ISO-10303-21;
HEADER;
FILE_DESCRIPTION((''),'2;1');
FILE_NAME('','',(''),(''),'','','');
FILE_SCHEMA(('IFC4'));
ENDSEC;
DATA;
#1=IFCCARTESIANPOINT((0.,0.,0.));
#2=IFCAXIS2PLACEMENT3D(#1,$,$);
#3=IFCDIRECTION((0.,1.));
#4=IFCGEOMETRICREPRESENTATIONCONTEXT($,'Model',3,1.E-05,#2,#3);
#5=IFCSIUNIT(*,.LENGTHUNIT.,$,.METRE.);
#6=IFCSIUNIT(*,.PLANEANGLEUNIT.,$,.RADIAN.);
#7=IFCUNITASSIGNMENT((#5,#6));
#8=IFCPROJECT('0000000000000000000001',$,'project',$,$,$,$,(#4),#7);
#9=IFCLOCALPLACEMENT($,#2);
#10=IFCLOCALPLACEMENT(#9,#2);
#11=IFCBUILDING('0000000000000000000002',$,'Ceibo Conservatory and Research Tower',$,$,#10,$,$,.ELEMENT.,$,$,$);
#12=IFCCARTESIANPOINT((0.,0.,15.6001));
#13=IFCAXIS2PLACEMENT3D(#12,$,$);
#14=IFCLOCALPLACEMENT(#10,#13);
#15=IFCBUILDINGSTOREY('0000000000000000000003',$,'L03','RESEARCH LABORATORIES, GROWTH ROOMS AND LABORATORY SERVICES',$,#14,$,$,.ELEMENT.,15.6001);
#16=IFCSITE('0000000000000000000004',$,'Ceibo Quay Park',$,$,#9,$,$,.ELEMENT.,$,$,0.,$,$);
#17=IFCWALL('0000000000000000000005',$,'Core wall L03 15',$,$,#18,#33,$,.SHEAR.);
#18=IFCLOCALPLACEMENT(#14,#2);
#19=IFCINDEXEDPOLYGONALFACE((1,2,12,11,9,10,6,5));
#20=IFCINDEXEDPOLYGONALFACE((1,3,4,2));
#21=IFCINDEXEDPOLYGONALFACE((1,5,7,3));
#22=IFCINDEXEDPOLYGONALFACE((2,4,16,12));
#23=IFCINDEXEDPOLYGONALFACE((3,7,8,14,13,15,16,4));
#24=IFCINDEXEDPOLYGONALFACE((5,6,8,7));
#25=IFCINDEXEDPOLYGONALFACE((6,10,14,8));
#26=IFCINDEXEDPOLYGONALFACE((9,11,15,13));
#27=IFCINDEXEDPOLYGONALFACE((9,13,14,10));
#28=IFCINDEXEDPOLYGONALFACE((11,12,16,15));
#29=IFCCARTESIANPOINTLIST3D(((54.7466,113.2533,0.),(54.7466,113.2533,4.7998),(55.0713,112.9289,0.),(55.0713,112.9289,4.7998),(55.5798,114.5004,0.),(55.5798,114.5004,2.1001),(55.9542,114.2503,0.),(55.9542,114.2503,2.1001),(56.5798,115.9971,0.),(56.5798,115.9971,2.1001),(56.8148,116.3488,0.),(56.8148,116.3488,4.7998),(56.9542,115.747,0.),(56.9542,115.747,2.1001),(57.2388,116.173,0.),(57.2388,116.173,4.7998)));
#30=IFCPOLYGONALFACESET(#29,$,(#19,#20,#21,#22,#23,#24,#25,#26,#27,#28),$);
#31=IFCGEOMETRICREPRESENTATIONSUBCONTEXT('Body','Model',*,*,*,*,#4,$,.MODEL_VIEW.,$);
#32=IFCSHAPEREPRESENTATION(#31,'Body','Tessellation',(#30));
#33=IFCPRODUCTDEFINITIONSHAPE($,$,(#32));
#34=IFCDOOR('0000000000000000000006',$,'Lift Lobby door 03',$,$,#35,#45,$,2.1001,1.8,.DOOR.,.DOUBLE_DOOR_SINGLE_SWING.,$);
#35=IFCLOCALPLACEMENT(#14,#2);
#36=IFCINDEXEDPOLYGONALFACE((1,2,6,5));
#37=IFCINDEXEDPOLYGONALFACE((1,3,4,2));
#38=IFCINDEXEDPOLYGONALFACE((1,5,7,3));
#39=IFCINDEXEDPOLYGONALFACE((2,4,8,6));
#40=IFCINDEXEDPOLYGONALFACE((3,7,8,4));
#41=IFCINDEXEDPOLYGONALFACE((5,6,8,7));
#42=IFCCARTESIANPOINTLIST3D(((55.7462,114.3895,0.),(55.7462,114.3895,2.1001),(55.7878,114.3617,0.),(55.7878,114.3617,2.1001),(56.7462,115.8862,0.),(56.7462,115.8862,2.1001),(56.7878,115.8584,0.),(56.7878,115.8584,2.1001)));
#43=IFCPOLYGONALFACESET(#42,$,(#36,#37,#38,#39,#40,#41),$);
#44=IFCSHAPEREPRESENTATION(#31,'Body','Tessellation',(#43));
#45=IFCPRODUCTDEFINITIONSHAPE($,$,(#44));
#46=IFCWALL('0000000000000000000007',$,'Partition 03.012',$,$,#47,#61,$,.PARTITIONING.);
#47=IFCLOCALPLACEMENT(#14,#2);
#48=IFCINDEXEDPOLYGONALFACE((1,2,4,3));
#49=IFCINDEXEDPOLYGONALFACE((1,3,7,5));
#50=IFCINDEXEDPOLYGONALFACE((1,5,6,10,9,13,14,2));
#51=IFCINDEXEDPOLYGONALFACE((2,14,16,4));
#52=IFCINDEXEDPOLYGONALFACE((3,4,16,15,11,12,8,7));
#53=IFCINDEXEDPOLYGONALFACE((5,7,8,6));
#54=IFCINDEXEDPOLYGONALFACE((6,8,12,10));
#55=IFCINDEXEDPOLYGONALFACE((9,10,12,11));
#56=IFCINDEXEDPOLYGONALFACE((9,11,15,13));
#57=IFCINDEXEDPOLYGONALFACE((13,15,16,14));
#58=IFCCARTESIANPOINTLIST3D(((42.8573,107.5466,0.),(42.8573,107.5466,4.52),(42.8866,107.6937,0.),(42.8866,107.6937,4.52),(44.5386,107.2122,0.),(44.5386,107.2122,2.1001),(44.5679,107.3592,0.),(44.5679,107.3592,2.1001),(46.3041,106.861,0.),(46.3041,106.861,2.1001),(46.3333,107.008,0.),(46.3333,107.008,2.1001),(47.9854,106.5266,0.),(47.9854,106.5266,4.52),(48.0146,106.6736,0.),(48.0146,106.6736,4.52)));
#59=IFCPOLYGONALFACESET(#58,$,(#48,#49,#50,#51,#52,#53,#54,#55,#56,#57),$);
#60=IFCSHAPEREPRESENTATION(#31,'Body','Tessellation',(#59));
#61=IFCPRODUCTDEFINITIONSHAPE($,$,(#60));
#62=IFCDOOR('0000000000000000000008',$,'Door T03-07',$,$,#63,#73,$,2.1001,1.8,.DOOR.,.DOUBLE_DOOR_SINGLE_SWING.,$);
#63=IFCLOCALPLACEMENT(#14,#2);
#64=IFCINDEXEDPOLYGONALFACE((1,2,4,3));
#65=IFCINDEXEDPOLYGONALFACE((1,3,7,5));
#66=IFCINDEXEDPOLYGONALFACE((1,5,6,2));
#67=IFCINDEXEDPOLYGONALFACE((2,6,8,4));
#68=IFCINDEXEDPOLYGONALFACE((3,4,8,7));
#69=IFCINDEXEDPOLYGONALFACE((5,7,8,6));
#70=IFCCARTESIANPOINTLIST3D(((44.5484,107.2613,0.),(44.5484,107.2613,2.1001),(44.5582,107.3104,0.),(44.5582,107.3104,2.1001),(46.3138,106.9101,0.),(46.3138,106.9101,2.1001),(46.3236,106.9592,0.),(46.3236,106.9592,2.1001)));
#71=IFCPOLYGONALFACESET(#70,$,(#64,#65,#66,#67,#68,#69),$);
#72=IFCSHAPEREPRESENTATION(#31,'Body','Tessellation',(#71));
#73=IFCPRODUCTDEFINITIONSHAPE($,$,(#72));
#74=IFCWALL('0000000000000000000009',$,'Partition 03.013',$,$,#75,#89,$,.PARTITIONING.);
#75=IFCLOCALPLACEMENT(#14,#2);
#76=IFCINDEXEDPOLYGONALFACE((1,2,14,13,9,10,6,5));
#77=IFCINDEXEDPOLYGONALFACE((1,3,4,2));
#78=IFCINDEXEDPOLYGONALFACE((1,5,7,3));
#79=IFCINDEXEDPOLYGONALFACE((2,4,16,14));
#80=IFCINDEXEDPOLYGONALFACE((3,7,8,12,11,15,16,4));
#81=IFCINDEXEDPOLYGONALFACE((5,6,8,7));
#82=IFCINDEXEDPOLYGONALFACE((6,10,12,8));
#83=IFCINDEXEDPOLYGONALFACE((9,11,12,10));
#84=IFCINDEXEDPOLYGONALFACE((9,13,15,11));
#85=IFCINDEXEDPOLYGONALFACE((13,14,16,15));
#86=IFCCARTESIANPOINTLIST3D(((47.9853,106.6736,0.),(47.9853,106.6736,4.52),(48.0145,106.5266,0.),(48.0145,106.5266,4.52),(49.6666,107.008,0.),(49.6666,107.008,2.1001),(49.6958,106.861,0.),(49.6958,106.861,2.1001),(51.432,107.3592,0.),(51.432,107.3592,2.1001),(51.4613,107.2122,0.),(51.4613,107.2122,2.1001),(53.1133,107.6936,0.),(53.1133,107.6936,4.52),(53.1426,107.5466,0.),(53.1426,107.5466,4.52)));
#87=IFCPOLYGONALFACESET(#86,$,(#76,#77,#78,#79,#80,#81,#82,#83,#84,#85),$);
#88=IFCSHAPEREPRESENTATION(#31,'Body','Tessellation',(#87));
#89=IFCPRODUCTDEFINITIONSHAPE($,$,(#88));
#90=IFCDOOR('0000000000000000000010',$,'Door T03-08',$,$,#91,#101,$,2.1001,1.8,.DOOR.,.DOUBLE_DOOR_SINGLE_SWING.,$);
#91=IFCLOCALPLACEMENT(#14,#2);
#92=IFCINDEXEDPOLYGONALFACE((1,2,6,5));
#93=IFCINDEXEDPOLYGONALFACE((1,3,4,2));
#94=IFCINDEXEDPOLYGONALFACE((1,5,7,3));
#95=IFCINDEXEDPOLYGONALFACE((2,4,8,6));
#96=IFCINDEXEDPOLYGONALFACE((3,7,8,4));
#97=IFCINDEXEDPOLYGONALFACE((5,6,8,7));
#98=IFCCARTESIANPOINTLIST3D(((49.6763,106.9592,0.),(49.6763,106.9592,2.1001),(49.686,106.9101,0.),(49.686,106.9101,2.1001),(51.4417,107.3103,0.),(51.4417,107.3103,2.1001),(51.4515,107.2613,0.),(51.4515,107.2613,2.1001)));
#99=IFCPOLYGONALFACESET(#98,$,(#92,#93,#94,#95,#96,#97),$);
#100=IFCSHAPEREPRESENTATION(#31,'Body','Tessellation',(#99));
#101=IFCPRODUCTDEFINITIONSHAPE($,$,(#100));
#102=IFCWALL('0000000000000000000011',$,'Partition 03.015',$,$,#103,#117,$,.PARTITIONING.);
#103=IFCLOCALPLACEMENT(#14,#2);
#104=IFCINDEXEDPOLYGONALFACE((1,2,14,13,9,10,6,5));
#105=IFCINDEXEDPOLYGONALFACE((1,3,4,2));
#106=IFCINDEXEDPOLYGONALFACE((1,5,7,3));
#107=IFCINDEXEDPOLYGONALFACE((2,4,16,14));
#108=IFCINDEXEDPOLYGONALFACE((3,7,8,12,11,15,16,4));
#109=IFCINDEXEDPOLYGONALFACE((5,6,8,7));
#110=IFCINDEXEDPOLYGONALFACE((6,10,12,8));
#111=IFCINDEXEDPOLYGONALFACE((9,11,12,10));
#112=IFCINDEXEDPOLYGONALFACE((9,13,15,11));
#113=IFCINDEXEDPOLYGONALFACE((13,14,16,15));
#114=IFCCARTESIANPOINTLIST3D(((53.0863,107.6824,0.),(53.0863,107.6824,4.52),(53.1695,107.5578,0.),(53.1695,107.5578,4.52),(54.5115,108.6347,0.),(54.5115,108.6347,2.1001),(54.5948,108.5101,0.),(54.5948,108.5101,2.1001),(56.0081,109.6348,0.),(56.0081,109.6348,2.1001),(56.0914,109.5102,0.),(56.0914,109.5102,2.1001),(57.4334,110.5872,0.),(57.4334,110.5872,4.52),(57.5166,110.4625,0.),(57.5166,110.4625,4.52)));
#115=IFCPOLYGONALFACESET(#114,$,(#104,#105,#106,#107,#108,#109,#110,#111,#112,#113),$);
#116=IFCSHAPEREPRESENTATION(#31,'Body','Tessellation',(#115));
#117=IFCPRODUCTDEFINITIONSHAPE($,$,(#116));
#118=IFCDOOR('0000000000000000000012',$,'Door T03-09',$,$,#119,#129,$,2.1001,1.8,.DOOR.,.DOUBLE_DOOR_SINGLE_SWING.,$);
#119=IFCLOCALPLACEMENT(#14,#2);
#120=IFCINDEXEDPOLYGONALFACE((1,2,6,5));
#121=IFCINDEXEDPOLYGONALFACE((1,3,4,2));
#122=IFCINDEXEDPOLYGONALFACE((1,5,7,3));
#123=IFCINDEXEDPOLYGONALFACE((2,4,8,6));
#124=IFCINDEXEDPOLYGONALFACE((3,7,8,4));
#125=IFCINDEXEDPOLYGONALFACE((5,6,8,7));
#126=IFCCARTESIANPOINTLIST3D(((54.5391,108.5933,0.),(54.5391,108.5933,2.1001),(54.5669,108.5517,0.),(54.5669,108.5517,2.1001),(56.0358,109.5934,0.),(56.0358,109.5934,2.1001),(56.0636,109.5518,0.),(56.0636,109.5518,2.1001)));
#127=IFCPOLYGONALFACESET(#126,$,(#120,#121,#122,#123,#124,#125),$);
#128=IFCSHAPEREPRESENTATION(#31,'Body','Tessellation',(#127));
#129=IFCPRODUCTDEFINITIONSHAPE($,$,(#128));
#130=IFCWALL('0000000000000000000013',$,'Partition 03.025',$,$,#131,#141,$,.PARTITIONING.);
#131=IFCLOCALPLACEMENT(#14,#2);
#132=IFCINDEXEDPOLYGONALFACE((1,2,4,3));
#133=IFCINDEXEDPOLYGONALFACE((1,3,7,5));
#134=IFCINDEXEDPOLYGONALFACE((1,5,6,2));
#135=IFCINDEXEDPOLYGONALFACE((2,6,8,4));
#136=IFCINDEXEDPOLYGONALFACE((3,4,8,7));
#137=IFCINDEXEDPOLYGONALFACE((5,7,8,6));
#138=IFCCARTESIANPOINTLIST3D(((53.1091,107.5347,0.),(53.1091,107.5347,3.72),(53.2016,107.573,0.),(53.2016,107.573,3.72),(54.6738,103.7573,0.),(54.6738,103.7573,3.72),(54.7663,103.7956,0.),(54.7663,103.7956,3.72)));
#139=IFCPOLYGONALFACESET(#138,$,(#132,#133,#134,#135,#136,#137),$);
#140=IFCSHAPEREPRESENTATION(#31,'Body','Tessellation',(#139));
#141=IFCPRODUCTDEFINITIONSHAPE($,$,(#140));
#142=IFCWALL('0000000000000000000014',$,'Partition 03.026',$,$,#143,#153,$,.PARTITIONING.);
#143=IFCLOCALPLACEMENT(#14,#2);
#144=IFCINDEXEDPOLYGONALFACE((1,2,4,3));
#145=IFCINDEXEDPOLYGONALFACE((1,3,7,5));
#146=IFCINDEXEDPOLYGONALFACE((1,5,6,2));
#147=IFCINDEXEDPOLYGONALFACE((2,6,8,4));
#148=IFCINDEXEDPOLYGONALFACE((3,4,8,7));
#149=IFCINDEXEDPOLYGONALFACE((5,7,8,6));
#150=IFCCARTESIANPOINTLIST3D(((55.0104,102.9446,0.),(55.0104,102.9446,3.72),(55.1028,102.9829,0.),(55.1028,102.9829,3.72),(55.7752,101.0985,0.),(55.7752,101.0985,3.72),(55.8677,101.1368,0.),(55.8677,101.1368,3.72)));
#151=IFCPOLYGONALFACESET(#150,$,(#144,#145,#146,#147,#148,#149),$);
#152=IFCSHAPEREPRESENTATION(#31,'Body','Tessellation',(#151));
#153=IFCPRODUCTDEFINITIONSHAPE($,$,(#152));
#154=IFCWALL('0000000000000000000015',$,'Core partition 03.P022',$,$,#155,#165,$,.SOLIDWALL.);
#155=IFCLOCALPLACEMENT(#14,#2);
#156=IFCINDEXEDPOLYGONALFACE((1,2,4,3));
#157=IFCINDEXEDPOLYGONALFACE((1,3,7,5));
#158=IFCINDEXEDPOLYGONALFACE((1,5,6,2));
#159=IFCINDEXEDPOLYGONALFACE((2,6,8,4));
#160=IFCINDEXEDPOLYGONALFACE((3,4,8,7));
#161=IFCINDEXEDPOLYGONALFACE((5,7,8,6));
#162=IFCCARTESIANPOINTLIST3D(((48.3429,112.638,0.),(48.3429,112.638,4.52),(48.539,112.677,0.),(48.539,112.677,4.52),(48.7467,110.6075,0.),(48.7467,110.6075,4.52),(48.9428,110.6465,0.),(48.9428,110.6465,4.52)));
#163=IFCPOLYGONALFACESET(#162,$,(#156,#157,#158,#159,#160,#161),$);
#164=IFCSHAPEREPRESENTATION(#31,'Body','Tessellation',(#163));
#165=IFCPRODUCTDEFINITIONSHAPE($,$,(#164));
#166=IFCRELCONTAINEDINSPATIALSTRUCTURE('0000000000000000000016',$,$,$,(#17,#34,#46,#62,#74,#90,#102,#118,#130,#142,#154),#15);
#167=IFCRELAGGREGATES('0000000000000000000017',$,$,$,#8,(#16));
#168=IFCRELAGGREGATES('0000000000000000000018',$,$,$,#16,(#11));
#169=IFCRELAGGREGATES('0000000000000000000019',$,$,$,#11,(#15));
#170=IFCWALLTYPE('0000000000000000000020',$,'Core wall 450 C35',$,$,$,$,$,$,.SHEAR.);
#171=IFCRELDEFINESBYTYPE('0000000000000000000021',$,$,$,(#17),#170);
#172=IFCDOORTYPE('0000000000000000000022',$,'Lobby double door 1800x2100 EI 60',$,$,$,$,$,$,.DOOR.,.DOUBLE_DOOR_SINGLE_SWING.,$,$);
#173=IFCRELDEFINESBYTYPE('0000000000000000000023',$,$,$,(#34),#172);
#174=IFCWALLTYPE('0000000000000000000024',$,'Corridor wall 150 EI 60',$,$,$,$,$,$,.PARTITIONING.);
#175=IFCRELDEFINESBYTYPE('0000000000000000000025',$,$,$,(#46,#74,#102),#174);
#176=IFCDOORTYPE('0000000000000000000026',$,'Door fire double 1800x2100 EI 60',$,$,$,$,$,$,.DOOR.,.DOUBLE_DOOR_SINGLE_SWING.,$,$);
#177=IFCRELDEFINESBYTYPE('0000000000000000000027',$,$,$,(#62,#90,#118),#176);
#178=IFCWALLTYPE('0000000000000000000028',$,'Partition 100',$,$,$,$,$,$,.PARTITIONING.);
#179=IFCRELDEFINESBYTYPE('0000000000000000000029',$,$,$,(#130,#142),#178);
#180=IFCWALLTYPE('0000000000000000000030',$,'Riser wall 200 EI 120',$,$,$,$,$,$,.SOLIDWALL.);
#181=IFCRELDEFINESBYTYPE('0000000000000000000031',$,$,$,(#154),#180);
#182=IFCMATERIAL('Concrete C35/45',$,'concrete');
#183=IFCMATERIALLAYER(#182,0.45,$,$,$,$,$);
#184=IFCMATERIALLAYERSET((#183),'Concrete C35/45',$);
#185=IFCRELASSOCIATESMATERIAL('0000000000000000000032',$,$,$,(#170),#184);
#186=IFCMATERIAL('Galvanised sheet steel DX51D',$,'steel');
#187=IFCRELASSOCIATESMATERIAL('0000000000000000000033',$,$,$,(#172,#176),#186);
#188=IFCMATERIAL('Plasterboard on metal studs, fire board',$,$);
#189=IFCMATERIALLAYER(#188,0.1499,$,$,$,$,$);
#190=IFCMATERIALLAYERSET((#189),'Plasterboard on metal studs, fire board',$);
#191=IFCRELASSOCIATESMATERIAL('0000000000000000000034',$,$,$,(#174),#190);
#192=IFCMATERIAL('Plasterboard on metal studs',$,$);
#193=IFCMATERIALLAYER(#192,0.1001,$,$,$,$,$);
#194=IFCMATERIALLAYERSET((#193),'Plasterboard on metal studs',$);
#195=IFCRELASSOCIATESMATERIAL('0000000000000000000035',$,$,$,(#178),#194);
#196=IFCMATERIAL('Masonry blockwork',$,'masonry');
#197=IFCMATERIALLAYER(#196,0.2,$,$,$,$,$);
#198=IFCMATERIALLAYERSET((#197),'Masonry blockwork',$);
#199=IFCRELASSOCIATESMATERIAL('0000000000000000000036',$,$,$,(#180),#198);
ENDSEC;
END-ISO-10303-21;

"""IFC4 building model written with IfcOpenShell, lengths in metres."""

from ifc_helpers import new_model, si_unit, direction, frame, frame_2d, origin, place, context, subcontext, project, spatial, polyline, rectangle, outline, extrude, material, layer, layer_set, type_object, element, fill, save


model = new_model("IFC4")

# Units and contexts
model_context = context("Model", 3, precision=1e-05, world=origin(), true_north=direction((0.0, 1.0)))
body_context = subcontext(model_context, "Body", "Model", "MODEL_VIEW")
ifc_project = project(units=[si_unit("LENGTHUNIT", "METRE"), si_unit("PLANEANGLEUNIT", "RADIAN")], contexts=[model_context])

# Site, building, storey
site_placement = place(None, origin())
site = spatial("IfcSite", under=ifc_project, at=site_placement, Name="Ceibo Quay Park", CompositionType="ELEMENT", RefElevation=0.0)
building_placement = place(site_placement, origin())
building = spatial("IfcBuilding", under=site, at=building_placement, Name="Ceibo Conservatory and Research Tower", CompositionType="ELEMENT")
storey_placement = place(building_placement, frame((0.0, 0.0, 15.6001)))
storey = spatial("IfcBuildingStorey", under=building, at=storey_placement, Name="L03", Description="RESEARCH LABORATORIES, GROWTH ROOMS AND LABORATORY SERVICES", CompositionType="ELEMENT", Elevation=15.6001)

# Shared definitions
ifc_material_1 = material(Name="Concrete C35/45", Category="concrete")

# Shared definitions
ifc_layer_1 = layer(ifc_material_1, 0.45)
ifc_layer_set_1 = layer_set([ifc_layer_1], Name="Concrete C35/45")
wall_type_1 = type_object("IfcWallType", Name="Core wall 450 C35", PredefinedType="SHEAR", material=ifc_layer_set_1)
ifc_material_2 = material(Name="Galvanised sheet steel DX51D", Category="steel")

# Walls, openings, doors
wall_1_placement = place(storey_placement, frame((54.9089, 113.0911, 0.0), z_axis=(0.0, 0.0, 1.0), x_axis=(0.555542, 0.831488, 0.0)))
wall_1 = element("IfcWall", 1, at=wall_1_placement, inside=storey, type_object=wall_type_1, Name="Core wall L03 15", PredefinedType="SHEAR", context=body_context, shape_type="SweptSolid", body=[
    extrude(outline(polyline([(-0.0447, -0.2251), (3.8569, -0.2251), (3.7676, 0.2251), (0.0447, 0.2251), (-0.0447, -0.2251)])), origin(), (0.0, 0.0, 1.0), 4.7998),
])
opening_1_placement = place(wall_1_placement, frame((1.5447, 0.0, 0.0)))
opening_1 = element("IfcOpeningElement", 2, at=opening_1_placement, cuts=wall_1, PredefinedType="OPENING", context=body_context, shape_type="SweptSolid", body=[
    extrude(rectangle(XDim=1.8, YDim=2.1001, at=frame_2d((0.8999, 1.05))), frame((0.0, 0.2349, 0.0), z_axis=(0.0, -1.0, 0.0), x_axis=(1.0, 0.0, 0.0)), (0.0, 0.0, 1.0), 0.47),
])
door_type_1 = type_object("IfcDoorType", Name="Lobby double door 1800x2100 EI 60", OperationType="DOUBLE_DOOR_SINGLE_SWING", PredefinedType="DOOR", material=ifc_material_2)
door_1_placement = place(opening_1_placement, frame((1.8, 0.0, 0.0), z_axis=(0.0, 0.0, 1.0), x_axis=(-1.0, 0.0, 0.0)))
door_1 = element("IfcDoor", 3, at=door_1_placement, inside=storey, type_object=door_type_1, Name="Lift Lobby door 03", OperationType="DOUBLE_DOOR_SINGLE_SWING", OverallHeight=2.1001, OverallWidth=1.8, PredefinedType="DOOR", context=body_context, shape_type="SweptSolid", body=[
    extrude(rectangle(XDim=1.8, YDim=2.1001, at=frame_2d((0.8999, 1.05))), frame((0.0, 0.0249, 0.0), z_axis=(0.0, -1.0, 0.0), x_axis=(1.0, 0.0, 0.0)), (0.0, 0.0, 1.0), 0.05),
])
fill(opening_1, door_1)
ifc_material_3 = material(Name="Plasterboard on metal studs, fire board")
ifc_layer_2 = layer(ifc_material_3, 0.1499)
ifc_layer_set_2 = layer_set([ifc_layer_2], Name="Plasterboard on metal studs, fire board")
wall_type_2 = type_object("IfcWallType", Name="Corridor wall 150 EI 60", PredefinedType="PARTITIONING", material=ifc_layer_set_2)
wall_2_placement = place(storey_placement, frame((48.0, 106.6001, 0.0), z_axis=(0.0, 0.0, 1.0), x_axis=(-0.980785, 0.195092, 0.0)))
wall_2 = element("IfcWall", 4, at=wall_2_placement, inside=storey, type_object=wall_type_2, Name="Partition 03.012", PredefinedType="PARTITIONING", context=body_context, shape_type="SweptSolid", body=[
    extrude(rectangle(XDim=5.2285, YDim=0.1499, at=frame_2d((2.6143, 0.0))), origin(), (0.0, 0.0, 1.0), 4.52),
])
opening_2_placement = place(wall_2_placement, frame((1.7144, 0.0, 0.0)))
opening_2 = element("IfcOpeningElement", 5, at=opening_2_placement, cuts=wall_2, PredefinedType="OPENING", context=body_context, shape_type="SweptSolid", body=[
    extrude(rectangle(XDim=1.8, YDim=2.1001, at=frame_2d((0.8999, 1.05))), frame((0.0, 0.085, 0.0), z_axis=(0.0, -1.0, 0.0), x_axis=(1.0, 0.0, 0.0)), (0.0, 0.0, 1.0), 0.1699),
])
door_type_2 = type_object("IfcDoorType", Name="Door fire double 1800x2100 EI 60", OperationType="DOUBLE_DOOR_SINGLE_SWING", PredefinedType="DOOR", material=ifc_material_2)
door_2_placement = place(opening_2_placement, origin())
door_2 = element("IfcDoor", 6, at=door_2_placement, inside=storey, type_object=door_type_2, Name="Door T03-07", OperationType="DOUBLE_DOOR_SINGLE_SWING", OverallHeight=2.1001, OverallWidth=1.8, PredefinedType="DOOR", context=body_context, shape_type="SweptSolid", body=[
    extrude(rectangle(XDim=1.8, YDim=2.1001, at=frame_2d((0.8999, 1.05))), frame((0.0, 0.0249, 0.0), z_axis=(0.0, -1.0, 0.0), x_axis=(1.0, 0.0, 0.0)), (0.0, 0.0, 1.0), 0.05),
])
fill(opening_2, door_2)
wall_3_placement = place(storey_placement, frame((53.1279, 107.6201, 0.0), z_axis=(0.0, 0.0, 1.0), x_axis=(-0.980785, -0.195092, 0.0)))
wall_3 = element("IfcWall", 7, at=wall_3_placement, inside=storey, type_object=wall_type_2, Name="Partition 03.013", PredefinedType="PARTITIONING", context=body_context, shape_type="SweptSolid", body=[
    extrude(rectangle(XDim=5.2285, YDim=0.1499, at=frame_2d((2.6143, 0.0))), origin(), (0.0, 0.0, 1.0), 4.52),
])
opening_3_placement = place(wall_3_placement, frame((1.7144, 0.0, 0.0)))
opening_3 = element("IfcOpeningElement", 8, at=opening_3_placement, cuts=wall_3, PredefinedType="OPENING", context=body_context, shape_type="SweptSolid", body=[
    extrude(rectangle(XDim=1.8, YDim=2.1001, at=frame_2d((0.8999, 1.05))), frame((0.0, 0.085, 0.0), z_axis=(0.0, -1.0, 0.0), x_axis=(1.0, 0.0, 0.0)), (0.0, 0.0, 1.0), 0.1699),
])
door_3_placement = place(opening_3_placement, origin())
door_3 = element("IfcDoor", 9, at=door_3_placement, inside=storey, type_object=door_type_2, Name="Door T03-08", OperationType="DOUBLE_DOOR_SINGLE_SWING", OverallHeight=2.1001, OverallWidth=1.8, PredefinedType="DOOR", context=body_context, shape_type="SweptSolid", body=[
    extrude(rectangle(XDim=1.8, YDim=2.1001, at=frame_2d((0.8999, 1.05))), frame((0.0, 0.0249, 0.0), z_axis=(0.0, -1.0, 0.0), x_axis=(1.0, 0.0, 0.0)), (0.0, 0.0, 1.0), 0.05),
])
fill(opening_3, door_3)
wall_4_placement = place(storey_placement, frame((57.4751, 110.5249, 0.0), z_axis=(0.0, 0.0, 1.0), x_axis=(-0.831461, -0.555584, 0.0)))
wall_4 = element("IfcWall", 10, at=wall_4_placement, inside=storey, type_object=wall_type_2, Name="Partition 03.015", PredefinedType="PARTITIONING", context=body_context, shape_type="SweptSolid", body=[
    extrude(rectangle(XDim=5.2283, YDim=0.1499, at=frame_2d((2.6143, 0.0))), origin(), (0.0, 0.0, 1.0), 4.52),
])
opening_4_placement = place(wall_4_placement, frame((1.7144, 0.0, 0.0)))
opening_4 = element("IfcOpeningElement", 11, at=opening_4_placement, cuts=wall_4, PredefinedType="OPENING", context=body_context, shape_type="SweptSolid", body=[
    extrude(rectangle(XDim=1.8, YDim=2.1001, at=frame_2d((0.8999, 1.05))), frame((0.0, 0.085, 0.0), z_axis=(0.0, -1.0, 0.0), x_axis=(1.0, 0.0, 0.0)), (0.0, 0.0, 1.0), 0.1699),
])
door_4_placement = place(opening_4_placement, origin())
door_4 = element("IfcDoor", 12, at=door_4_placement, inside=storey, type_object=door_type_2, Name="Door T03-09", OperationType="DOUBLE_DOOR_SINGLE_SWING", OverallHeight=2.1001, OverallWidth=1.8, PredefinedType="DOOR", context=body_context, shape_type="SweptSolid", body=[
    extrude(rectangle(XDim=1.8, YDim=2.1001, at=frame_2d((0.8999, 1.05))), frame((0.0, 0.0249, 0.0), z_axis=(0.0, -1.0, 0.0), x_axis=(1.0, 0.0, 0.0)), (0.0, 0.0, 1.0), 0.05),
])
fill(opening_4, door_4)

# Walls
ifc_material_4 = material(Name="Plasterboard on metal studs")
ifc_layer_3 = layer(ifc_material_4, 0.1001)
ifc_layer_set_3 = layer_set([ifc_layer_3], Name="Plasterboard on metal studs")
wall_type_3 = type_object("IfcWallType", Name="Partition 100", PredefinedType="PARTITIONING", material=ifc_layer_set_3)
wall_5_placement = place(storey_placement, frame((53.1553, 107.554, 0.0), z_axis=(0.0, 0.0, 1.0), x_axis=(0.382698, -0.923873, 0.0)))
element("IfcWall", 13, at=wall_5_placement, inside=storey, type_object=wall_type_3, Name="Partition 03.025", PredefinedType="PARTITIONING", context=body_context, shape_type="SweptSolid", body=[
    extrude(rectangle(XDim=4.0886, YDim=0.1001, at=frame_2d((2.0444, 0.0))), origin(), (0.0, 0.0, 1.0), 3.72),
])
wall_6_placement = place(storey_placement, frame((55.0566, 102.9636, 0.0), z_axis=(0.0, 0.0, 1.0), x_axis=(0.382758, -0.923849, 0.0)))
element("IfcWall", 14, at=wall_6_placement, inside=storey, type_object=wall_type_3, Name="Partition 03.026", PredefinedType="PARTITIONING", context=body_context, shape_type="SweptSolid", body=[
    extrude(rectangle(XDim=1.9983, YDim=0.1001, at=frame_2d((0.999, 0.0))), origin(), (0.0, 0.0, 1.0), 3.72),
])
ifc_material_5 = material(Name="Masonry blockwork", Category="masonry")
ifc_layer_4 = layer(ifc_material_5, 0.2)
ifc_layer_set_4 = layer_set([ifc_layer_4], Name="Masonry blockwork")
wall_type_4 = type_object("IfcWallType", Name="Riser wall 200 EI 120", PredefinedType="SOLIDWALL", material=ifc_layer_set_4)
wall_7_placement = place(storey_placement, frame((48.8447, 110.627, 0.0), z_axis=(0.0, 0.0, 1.0), x_axis=(-0.19505, 0.980793, 0.0)))
element("IfcWall", 15, at=wall_7_placement, inside=storey, type_object=wall_type_4, Name="Core partition 03.P022", PredefinedType="SOLIDWALL", context=body_context, shape_type="SweptSolid", body=[
    extrude(rectangle(XDim=2.0703, YDim=0.2, at=frame_2d((1.0352, 0.0))), origin(), (0.0, 0.0, 1.0), 4.52),
])

save(model, "model.ifc")
